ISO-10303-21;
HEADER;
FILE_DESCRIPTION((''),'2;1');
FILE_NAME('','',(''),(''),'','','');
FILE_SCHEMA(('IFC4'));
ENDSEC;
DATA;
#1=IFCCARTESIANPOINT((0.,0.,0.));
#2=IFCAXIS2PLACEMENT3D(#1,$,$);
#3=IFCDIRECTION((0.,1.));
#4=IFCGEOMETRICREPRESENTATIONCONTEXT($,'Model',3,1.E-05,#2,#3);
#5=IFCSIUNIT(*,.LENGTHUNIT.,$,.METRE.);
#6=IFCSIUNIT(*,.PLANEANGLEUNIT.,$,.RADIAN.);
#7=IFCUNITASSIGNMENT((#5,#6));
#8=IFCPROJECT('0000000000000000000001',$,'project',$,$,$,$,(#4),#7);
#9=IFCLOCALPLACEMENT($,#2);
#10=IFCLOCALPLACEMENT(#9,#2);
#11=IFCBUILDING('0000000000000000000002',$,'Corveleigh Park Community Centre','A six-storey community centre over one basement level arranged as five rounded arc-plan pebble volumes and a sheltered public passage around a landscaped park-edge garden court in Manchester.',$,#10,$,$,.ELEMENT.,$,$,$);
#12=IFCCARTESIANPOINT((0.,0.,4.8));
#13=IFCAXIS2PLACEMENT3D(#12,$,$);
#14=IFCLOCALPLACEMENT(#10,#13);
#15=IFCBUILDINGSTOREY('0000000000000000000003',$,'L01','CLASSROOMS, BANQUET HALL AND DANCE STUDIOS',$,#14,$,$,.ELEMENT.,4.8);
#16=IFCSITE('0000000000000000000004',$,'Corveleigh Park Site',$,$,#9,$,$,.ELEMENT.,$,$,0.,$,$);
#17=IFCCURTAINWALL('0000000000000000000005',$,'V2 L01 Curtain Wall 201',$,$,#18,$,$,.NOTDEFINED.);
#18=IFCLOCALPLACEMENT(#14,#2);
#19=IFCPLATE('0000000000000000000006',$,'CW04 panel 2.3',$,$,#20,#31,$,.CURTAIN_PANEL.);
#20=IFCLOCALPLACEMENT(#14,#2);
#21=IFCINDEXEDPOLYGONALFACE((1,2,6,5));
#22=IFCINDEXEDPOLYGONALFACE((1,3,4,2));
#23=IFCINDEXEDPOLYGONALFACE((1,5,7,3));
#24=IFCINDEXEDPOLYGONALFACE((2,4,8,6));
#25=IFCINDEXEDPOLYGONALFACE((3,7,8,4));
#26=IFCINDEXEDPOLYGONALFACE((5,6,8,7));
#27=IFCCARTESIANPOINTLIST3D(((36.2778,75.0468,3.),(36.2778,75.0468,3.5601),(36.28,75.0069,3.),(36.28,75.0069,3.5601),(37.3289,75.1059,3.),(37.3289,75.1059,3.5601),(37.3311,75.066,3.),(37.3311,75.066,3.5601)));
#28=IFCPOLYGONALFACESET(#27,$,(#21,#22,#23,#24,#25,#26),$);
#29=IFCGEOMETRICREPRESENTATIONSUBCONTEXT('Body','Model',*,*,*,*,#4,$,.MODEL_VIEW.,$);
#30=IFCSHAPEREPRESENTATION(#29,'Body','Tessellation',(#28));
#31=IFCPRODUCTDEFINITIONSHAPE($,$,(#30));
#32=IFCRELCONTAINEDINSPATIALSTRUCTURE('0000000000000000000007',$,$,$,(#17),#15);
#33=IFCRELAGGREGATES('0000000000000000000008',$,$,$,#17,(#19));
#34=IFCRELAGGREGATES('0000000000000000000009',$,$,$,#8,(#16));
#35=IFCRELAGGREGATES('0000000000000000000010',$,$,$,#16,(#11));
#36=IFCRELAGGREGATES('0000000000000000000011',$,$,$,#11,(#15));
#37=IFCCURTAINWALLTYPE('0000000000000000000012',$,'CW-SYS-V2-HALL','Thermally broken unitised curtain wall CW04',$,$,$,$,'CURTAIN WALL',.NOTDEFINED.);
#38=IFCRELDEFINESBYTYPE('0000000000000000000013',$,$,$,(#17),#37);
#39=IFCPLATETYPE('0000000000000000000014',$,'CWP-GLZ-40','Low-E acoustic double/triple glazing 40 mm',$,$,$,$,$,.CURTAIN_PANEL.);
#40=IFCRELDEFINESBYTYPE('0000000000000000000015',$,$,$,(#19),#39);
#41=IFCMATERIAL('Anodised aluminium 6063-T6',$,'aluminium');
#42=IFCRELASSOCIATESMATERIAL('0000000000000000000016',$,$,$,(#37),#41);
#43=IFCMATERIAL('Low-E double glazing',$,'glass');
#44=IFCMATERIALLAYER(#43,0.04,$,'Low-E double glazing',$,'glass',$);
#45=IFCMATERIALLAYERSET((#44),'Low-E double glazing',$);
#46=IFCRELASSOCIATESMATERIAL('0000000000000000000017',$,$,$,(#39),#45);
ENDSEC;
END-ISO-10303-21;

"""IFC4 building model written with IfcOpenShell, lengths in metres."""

from ifc_helpers import new_model, si_unit, direction, frame, origin, origin_2d, place, context, subcontext, project, spatial, rectangle, extrude, material, layer, layer_set, type_object, element, aggregate, save


model = new_model("IFC4")

# Units and contexts
model_context = context("Model", 3, precision=1e-05, world=origin(), true_north=direction((0.0, 1.0)))
body_context = subcontext(model_context, "Body", "Model", "MODEL_VIEW")
ifc_project = project(units=[si_unit("LENGTHUNIT", "METRE"), si_unit("PLANEANGLEUNIT", "RADIAN")], contexts=[model_context])

# Site, building, storey
site_placement = place(None, origin())
site = spatial("IfcSite", under=ifc_project, at=site_placement, Name="Corveleigh Park Site", CompositionType="ELEMENT", RefElevation=0.0)
building_placement = place(site_placement, origin())
building = spatial("IfcBuilding", under=site, at=building_placement, Name="Corveleigh Park Community Centre", Description="A six-storey community centre over one basement level arranged as five rounded arc-plan pebble volumes and a sheltered public passage around a landscaped park-edge garden court in Manchester.", CompositionType="ELEMENT")
storey_placement = place(building_placement, frame((0.0, 0.0, 4.8)))
storey = spatial("IfcBuildingStorey", under=building, at=storey_placement, Name="L01", Description="CLASSROOMS, BANQUET HALL AND DANCE STUDIOS", CompositionType="ELEMENT", Elevation=4.8)

# Curtain wall
ifc_material_1 = material(Name="Anodised aluminium 6063-T6", Category="aluminium")
curtain_wall_type = type_object("IfcCurtainWallType", Name="CW-SYS-V2-HALL", Description="Thermally broken unitised curtain wall CW04", ElementType="CURTAIN WALL", PredefinedType="NOTDEFINED", material=ifc_material_1)
curtain_wall_1_placement = place(storey_placement, origin())
curtain_wall_1 = element("IfcCurtainWall", 1, at=curtain_wall_1_placement, inside=storey, type_object=curtain_wall_type, Name="V2 L01 Curtain Wall 201", PredefinedType="NOTDEFINED")

# Plate
ifc_material_2 = material(Name="Low-E double glazing", Category="glass")
ifc_layer_1 = layer(ifc_material_2, 0.04, Name="Low-E double glazing", Category="glass")
ifc_layer_set_1 = layer_set([ifc_layer_1], Name="Low-E double glazing")
plate_type_1 = type_object("IfcPlateType", Name="CWP-GLZ-40", Description="Low-E acoustic double/triple glazing 40 mm", PredefinedType="CURTAIN_PANEL", material=ifc_layer_set_1)
plate_1_placement = place(storey_placement, frame((36.8044, 75.0564, 3.0), z_axis=(0.0, 0.0, 1.0), x_axis=(-0.998423, -0.05614, 0.0)))
plate_1 = element("IfcPlate", 2, at=plate_1_placement, type_object=plate_type_1, Name="CW04 panel 2.3", PredefinedType="CURTAIN_PANEL", context=body_context, shape_type="SweptSolid", body=[
    extrude(rectangle(XDim=1.0527, YDim=0.04, at=origin_2d()), origin(), (0.0, 0.0, 1.0), 0.5601),
])
aggregate(curtain_wall_1, [plate_1])

save(model, "model.ifc")
